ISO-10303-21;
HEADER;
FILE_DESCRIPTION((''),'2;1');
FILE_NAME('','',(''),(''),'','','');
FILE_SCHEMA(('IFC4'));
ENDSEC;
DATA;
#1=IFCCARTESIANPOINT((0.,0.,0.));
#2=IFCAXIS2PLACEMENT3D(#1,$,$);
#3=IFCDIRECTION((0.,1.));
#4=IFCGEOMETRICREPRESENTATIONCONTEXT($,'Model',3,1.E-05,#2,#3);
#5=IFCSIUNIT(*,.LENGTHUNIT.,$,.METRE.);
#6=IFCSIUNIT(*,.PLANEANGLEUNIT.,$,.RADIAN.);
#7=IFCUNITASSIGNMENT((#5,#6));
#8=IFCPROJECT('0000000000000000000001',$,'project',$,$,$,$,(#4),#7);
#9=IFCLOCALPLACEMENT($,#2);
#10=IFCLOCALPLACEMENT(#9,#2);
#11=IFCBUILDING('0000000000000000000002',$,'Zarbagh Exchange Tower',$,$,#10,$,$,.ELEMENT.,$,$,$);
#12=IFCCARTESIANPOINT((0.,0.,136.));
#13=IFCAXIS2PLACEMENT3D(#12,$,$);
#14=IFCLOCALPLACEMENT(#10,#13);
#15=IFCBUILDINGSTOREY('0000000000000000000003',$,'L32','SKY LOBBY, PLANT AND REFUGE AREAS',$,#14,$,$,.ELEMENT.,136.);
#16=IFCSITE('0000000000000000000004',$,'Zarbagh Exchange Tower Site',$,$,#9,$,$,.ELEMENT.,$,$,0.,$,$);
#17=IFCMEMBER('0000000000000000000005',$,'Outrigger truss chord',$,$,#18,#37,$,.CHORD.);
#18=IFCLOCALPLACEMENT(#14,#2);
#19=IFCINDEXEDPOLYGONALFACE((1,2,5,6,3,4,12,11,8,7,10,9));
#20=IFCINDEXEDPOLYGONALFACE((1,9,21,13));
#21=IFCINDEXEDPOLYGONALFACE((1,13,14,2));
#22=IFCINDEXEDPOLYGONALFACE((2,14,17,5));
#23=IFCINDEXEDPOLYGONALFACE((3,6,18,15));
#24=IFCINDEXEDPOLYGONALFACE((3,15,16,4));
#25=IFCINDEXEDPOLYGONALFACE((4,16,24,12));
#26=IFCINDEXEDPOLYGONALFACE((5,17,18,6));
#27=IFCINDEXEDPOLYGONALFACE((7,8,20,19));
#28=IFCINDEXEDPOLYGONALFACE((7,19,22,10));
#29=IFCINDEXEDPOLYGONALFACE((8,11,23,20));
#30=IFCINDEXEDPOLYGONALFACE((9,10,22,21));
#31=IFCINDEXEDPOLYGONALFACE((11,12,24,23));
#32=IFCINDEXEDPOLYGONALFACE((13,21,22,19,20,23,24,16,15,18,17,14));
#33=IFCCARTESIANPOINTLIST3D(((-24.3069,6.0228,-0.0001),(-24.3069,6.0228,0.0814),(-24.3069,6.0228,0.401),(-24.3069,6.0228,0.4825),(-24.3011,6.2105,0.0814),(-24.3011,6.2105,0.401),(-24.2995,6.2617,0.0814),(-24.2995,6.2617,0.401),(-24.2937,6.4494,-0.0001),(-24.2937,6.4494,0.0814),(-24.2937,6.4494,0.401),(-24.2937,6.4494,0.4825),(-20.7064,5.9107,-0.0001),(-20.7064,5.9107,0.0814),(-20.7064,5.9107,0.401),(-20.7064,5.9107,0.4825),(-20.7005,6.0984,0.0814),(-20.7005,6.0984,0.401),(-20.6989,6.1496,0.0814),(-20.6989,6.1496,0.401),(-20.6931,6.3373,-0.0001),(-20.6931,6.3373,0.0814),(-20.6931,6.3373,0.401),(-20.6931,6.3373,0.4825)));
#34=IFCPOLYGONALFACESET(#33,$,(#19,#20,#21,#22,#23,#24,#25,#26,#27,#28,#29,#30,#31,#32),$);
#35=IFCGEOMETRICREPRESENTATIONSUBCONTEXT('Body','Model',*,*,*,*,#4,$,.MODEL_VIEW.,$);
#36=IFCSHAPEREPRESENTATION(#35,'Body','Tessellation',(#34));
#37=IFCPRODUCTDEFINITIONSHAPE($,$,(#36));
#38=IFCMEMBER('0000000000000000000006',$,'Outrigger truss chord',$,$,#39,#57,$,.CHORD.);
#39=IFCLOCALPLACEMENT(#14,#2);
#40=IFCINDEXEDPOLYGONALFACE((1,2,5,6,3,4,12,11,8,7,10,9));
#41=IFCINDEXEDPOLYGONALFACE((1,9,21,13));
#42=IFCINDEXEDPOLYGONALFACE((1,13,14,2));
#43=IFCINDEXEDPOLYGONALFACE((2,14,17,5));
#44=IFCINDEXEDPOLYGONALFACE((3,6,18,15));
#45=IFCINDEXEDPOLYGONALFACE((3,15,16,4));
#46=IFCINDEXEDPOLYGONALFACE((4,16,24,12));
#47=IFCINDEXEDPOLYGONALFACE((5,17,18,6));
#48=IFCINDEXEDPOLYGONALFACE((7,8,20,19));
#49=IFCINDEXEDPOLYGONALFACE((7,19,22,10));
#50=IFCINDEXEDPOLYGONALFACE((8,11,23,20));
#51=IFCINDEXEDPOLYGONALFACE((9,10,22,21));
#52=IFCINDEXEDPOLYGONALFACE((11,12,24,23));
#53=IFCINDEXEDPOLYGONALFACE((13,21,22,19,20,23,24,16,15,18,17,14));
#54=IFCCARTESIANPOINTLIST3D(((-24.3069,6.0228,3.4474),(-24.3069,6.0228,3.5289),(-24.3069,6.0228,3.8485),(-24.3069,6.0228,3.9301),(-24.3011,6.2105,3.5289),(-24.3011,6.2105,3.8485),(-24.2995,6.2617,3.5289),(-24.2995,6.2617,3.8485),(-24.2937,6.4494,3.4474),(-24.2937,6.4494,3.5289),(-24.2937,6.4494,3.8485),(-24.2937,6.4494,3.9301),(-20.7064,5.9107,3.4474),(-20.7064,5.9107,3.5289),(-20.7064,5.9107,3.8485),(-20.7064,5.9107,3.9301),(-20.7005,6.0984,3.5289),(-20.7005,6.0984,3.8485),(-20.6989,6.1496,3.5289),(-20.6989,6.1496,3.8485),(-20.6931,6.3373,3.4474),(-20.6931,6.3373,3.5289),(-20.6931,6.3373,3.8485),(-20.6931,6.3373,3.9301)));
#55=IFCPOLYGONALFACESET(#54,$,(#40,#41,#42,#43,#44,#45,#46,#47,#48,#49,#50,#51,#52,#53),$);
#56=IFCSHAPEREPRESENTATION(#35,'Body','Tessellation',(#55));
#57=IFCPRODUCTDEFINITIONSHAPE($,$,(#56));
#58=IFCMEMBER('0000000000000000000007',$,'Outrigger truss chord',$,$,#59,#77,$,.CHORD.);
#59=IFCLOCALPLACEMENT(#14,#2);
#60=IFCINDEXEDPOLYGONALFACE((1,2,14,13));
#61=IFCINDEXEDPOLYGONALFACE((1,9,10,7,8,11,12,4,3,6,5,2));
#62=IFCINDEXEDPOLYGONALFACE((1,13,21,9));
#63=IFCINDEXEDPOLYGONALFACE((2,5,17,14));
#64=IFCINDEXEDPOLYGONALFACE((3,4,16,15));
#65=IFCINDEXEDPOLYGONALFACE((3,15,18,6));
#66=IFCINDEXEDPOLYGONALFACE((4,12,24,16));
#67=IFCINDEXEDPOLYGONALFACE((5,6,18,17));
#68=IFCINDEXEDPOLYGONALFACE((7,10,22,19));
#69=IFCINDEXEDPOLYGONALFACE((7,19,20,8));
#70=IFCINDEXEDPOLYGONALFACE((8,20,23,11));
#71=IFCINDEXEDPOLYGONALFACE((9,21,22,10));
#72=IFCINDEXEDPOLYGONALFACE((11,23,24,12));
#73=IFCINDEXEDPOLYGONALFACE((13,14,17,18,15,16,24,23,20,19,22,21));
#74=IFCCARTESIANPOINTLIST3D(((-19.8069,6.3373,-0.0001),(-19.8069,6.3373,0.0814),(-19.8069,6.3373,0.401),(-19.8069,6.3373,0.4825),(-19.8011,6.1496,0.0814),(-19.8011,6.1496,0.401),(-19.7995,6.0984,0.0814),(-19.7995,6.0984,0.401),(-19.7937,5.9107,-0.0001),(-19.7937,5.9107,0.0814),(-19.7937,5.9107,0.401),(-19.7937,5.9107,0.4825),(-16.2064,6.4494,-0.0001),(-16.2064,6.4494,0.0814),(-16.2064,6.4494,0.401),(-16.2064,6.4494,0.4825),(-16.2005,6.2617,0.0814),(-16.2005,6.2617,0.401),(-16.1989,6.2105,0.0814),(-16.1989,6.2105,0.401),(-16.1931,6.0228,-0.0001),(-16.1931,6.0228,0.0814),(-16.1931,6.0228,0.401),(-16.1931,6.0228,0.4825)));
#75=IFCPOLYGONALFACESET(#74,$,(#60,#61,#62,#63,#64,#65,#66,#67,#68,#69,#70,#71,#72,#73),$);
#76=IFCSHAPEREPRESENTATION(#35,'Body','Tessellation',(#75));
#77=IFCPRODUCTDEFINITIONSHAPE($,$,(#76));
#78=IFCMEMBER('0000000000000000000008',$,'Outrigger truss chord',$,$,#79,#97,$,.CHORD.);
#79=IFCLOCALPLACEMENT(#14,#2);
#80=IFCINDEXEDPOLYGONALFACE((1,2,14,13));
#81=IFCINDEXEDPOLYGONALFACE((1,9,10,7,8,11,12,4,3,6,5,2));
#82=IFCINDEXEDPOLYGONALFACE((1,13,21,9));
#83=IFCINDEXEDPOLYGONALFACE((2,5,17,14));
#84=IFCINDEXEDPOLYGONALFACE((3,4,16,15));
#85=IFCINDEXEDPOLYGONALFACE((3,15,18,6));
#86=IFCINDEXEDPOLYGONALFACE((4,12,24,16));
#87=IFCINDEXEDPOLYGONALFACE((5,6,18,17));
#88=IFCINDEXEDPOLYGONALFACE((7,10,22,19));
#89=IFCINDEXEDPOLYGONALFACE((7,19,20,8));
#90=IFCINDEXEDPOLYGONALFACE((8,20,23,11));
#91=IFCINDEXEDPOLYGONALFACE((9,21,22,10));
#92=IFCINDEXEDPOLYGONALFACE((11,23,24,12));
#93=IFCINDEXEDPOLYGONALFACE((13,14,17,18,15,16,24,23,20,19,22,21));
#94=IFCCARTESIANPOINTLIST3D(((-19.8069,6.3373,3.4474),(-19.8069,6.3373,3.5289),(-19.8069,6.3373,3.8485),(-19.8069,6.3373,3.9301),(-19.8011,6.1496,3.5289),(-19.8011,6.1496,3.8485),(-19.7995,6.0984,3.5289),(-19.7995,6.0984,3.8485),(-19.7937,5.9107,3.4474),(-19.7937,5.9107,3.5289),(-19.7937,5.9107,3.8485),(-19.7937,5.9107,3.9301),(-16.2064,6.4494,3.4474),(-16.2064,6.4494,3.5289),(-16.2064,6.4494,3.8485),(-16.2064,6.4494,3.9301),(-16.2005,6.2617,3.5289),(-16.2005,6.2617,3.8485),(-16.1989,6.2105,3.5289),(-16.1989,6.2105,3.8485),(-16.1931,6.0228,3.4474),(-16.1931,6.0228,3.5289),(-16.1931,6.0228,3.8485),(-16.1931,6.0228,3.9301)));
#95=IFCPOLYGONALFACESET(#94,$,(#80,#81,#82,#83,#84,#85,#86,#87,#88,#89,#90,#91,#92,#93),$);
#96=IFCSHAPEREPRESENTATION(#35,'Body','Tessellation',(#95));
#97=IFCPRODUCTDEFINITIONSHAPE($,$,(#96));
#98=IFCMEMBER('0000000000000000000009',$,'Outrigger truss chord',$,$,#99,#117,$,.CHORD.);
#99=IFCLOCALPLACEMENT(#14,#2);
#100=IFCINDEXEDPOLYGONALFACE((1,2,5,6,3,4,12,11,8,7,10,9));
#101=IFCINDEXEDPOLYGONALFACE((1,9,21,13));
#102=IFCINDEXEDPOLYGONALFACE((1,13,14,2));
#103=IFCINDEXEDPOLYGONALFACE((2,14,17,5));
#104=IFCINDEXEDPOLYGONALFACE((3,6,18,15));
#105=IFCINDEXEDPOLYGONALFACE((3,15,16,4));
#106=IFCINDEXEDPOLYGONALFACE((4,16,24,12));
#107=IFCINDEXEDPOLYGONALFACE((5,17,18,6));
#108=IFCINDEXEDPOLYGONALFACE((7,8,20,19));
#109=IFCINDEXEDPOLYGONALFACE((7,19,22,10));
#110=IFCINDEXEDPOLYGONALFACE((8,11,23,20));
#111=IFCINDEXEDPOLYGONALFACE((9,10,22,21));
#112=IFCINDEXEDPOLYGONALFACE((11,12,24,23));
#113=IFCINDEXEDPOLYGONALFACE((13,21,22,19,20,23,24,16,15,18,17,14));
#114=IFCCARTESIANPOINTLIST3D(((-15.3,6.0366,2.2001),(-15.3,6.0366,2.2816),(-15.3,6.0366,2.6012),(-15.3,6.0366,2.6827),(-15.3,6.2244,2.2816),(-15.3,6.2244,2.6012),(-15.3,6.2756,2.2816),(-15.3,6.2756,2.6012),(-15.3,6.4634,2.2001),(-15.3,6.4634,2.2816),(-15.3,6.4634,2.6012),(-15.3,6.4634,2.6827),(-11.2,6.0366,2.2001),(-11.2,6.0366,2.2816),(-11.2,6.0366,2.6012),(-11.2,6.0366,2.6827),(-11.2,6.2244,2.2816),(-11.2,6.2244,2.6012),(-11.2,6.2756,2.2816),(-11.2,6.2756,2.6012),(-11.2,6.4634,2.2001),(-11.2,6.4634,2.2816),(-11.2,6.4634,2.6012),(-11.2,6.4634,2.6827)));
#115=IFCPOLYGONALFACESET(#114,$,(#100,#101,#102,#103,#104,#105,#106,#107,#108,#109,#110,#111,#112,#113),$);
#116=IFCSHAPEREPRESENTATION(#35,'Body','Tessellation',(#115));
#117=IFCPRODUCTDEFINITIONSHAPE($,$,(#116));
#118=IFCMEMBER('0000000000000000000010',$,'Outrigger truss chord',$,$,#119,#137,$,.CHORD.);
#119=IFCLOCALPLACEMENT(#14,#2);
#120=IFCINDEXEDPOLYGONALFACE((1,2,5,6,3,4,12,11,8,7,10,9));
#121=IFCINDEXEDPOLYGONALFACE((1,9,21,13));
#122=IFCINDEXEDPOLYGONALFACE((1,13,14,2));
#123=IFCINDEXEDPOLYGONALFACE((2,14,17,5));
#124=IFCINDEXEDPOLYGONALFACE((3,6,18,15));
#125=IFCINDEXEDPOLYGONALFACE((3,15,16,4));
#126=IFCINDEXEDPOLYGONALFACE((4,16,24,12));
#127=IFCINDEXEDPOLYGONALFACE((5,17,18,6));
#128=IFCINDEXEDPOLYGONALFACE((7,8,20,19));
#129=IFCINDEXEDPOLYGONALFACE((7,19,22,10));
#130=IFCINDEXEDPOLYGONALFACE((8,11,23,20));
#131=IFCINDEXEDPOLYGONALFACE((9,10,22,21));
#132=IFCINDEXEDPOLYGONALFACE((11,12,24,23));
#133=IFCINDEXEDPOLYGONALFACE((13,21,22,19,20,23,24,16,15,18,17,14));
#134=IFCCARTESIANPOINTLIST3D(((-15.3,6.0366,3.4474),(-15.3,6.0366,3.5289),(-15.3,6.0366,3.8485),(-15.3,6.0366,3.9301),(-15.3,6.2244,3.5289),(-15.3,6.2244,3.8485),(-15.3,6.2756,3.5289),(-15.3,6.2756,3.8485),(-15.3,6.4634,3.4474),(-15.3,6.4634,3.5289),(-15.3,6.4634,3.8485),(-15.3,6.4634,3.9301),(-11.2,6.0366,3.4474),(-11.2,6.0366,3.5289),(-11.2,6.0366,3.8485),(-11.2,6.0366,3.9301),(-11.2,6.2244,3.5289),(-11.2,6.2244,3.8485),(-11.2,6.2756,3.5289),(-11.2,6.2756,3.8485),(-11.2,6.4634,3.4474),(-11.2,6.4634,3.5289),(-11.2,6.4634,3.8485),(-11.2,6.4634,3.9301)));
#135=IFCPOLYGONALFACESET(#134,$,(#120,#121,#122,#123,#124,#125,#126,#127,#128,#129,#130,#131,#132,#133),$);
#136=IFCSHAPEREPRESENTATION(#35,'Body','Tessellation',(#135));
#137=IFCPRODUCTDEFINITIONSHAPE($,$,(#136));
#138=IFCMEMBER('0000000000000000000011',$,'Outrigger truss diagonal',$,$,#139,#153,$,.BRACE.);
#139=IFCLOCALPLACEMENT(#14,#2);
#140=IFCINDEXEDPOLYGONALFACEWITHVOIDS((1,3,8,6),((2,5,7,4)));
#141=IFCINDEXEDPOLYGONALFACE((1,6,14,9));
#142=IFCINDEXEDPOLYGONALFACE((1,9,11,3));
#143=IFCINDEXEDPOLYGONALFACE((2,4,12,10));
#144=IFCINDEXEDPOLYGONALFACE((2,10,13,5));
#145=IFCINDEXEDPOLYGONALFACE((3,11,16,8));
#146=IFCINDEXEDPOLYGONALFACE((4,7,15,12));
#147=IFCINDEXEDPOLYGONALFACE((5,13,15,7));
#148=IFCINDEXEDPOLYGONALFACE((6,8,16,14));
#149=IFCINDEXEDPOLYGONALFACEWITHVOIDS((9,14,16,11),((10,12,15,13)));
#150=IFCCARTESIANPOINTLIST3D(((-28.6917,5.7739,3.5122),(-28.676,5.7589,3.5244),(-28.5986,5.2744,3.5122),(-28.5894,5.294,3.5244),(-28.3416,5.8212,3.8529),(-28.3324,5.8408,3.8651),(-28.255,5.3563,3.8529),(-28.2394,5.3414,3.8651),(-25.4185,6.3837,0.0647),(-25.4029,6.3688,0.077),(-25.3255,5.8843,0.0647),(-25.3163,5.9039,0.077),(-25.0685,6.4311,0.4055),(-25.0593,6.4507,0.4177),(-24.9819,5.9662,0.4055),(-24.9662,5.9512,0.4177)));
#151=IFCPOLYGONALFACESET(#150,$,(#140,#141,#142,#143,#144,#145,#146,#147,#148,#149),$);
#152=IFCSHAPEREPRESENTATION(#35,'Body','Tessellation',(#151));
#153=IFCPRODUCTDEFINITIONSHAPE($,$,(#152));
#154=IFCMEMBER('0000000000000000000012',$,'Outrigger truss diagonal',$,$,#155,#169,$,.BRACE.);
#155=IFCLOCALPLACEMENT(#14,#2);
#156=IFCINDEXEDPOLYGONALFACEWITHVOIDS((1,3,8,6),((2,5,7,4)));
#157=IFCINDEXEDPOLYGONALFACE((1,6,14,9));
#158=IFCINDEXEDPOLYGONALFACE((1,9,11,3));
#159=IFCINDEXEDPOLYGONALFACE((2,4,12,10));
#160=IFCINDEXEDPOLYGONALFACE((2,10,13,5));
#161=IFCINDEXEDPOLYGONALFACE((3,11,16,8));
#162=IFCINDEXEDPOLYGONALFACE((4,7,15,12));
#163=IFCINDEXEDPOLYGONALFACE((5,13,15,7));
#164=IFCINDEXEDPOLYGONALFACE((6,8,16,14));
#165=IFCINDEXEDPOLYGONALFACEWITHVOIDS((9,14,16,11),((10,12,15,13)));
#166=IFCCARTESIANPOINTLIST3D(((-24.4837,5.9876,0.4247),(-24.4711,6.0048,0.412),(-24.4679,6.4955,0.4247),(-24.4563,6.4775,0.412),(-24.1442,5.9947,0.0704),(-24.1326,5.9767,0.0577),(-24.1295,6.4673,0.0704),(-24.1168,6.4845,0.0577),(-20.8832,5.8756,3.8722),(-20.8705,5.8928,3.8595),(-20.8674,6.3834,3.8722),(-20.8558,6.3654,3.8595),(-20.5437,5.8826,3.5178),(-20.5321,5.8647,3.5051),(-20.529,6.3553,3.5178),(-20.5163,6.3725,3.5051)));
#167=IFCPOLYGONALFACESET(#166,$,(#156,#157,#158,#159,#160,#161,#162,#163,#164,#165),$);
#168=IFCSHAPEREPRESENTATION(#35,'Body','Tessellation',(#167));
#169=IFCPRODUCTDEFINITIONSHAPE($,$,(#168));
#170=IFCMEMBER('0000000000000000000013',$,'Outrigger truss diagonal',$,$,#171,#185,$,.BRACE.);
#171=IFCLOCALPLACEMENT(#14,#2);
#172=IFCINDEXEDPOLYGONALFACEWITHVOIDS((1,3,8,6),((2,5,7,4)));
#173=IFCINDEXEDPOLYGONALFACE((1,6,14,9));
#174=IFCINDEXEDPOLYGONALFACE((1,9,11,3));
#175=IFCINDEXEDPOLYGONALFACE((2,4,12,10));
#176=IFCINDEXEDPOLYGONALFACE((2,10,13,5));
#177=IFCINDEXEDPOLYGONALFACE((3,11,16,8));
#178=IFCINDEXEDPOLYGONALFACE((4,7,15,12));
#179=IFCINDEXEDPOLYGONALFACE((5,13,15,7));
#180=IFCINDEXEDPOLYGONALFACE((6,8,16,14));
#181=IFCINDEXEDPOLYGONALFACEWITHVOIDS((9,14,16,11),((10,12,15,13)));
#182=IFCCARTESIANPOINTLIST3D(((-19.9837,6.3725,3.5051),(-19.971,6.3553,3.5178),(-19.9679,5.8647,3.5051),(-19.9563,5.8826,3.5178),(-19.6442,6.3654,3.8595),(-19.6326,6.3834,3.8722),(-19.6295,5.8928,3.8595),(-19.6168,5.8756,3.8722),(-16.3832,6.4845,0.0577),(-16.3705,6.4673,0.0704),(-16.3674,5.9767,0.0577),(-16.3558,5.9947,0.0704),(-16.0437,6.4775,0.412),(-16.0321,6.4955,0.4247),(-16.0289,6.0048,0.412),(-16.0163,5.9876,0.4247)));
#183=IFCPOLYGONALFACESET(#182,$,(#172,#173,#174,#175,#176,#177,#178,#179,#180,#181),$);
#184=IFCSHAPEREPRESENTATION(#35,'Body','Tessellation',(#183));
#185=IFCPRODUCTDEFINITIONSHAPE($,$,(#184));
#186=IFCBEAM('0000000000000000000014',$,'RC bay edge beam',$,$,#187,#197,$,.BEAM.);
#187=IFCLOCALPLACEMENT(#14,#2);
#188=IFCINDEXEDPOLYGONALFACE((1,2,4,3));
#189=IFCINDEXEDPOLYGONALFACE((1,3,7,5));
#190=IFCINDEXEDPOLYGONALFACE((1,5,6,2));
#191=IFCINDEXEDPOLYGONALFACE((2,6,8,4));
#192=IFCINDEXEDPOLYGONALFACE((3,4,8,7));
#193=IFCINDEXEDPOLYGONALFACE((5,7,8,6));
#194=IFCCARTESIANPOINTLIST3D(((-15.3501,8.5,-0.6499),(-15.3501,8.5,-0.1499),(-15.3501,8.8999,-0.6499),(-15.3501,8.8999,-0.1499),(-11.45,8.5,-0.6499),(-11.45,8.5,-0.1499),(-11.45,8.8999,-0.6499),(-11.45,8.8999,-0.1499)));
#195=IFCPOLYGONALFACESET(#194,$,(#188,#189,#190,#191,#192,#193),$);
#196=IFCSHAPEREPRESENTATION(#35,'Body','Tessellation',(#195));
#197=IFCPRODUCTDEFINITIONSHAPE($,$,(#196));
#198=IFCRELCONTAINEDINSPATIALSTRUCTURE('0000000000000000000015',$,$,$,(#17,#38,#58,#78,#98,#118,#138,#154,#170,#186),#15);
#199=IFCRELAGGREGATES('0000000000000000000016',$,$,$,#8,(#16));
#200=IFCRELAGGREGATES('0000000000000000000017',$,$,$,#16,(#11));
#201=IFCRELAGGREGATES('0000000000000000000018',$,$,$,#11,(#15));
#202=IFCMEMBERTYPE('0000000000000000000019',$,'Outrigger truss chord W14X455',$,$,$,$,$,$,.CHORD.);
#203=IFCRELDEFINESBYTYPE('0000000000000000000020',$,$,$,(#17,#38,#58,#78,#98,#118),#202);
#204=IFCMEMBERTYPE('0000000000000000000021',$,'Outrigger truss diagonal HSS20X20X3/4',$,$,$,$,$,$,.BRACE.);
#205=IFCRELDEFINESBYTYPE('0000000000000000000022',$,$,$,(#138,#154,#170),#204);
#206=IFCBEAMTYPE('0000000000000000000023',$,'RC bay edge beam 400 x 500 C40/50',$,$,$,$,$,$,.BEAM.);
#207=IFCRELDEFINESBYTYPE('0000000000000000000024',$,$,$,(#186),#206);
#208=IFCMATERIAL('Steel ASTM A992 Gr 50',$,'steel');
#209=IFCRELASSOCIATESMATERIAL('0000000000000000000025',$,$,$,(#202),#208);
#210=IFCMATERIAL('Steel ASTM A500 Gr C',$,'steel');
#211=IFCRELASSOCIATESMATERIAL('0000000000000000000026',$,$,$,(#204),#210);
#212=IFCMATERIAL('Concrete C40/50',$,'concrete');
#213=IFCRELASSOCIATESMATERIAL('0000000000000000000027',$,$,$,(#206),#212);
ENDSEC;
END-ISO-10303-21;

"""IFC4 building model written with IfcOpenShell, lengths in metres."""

from ifc_helpers import new_model, si_unit, direction, frame, origin, origin_2d, place, context, subcontext, project, spatial, rectangle, hollow_rectangle, i_section, extrude, material, material_profile, profile_set, type_object, element, save


model = new_model("IFC4")

# Units and contexts
model_context = context("Model", 3, precision=1e-05, world=origin(), true_north=direction((0.0, 1.0)))
body_context = subcontext(model_context, "Body", "Model", "MODEL_VIEW")
ifc_project = project(units=[si_unit("LENGTHUNIT", "METRE"), si_unit("PLANEANGLEUNIT", "RADIAN")], contexts=[model_context])

# Site, building, storey
site_placement = place(None, origin())
site = spatial("IfcSite", under=ifc_project, at=site_placement, Name="Zarbagh Exchange Tower Site", CompositionType="ELEMENT", RefElevation=0.0)
building_placement = place(site_placement, origin())
building = spatial("IfcBuilding", under=site, at=building_placement, Name="Zarbagh Exchange Tower", CompositionType="ELEMENT")
storey_placement = place(building_placement, frame((0.0, 0.0, 136.0)))
storey = spatial("IfcBuildingStorey", under=building, at=storey_placement, Name="L32", Description="SKY LOBBY, PLANT AND REFUGE AREAS", CompositionType="ELEMENT", Elevation=136.0)

# Members
ifc_material_1 = material(Name="Steel ASTM A992 Gr 50", Category="steel")
ifc_material_2 = material(Name="Steel ASTM A500 Gr C", Category="steel")
ifc_material_profile_1 = material_profile(ifc_material_1, i_section(OverallWidth=0.4268, OverallDepth=0.4827, WebThickness=0.0513, FlangeThickness=0.0815, at=origin_2d()), Name="W14X455")
ifc_profile_set_1 = profile_set([ifc_material_profile_1], Name="Steel ASTM A992 Gr 50")
member_type_1 = type_object("IfcMemberType", Name="Outrigger truss chord W14X455", PredefinedType="CHORD", material=ifc_profile_set_1)
for number, where, z_axis, x_axis, name in (
    (1, (-24.3003, 6.2361, 0.2412), (0.999516, -0.031108, 0.0), (0.031108, 0.999516, 0.0), "Outrigger truss chord"),
    (2, (-24.3003, 6.2361, 3.6887), (0.999516, -0.031108, 0.0), (0.031108, 0.999516, 0.0), "Outrigger truss chord"),
    (3, (-19.8003, 6.124, 0.2412), (0.999516, 0.031108, 0.0), (-0.031108, 0.999516, 0.0), "Outrigger truss chord"),
    (4, (-19.8003, 6.124, 3.6887), (0.999516, 0.031108, 0.0), (-0.031108, 0.999516, 0.0), "Outrigger truss chord"),
):
    element("IfcMember", number, at=place(storey_placement, frame(where, z_axis=z_axis, x_axis=x_axis)), inside=storey, type_object=member_type_1, Name=name, PredefinedType="CHORD", context=body_context, shape_type="SweptSolid", body=[
        extrude(i_section(OverallWidth=0.4268, OverallDepth=0.4827, WebThickness=0.0513, FlangeThickness=0.0815, at=origin_2d()), origin(), (0.0, 0.0, 1.0), 3.6023),
    ])
for number, where, z_axis, x_axis, name in (
    (5, (-15.3, 6.25, 2.4414), (1.0, 0.0, 0.0), (0.0, 1.0, 0.0), "Outrigger truss chord"),
    (6, (-15.3, 6.25, 3.6887), (1.0, 0.0, 0.0), (0.0, 1.0, 0.0), "Outrigger truss chord"),
):
    element("IfcMember", number, at=place(storey_placement, frame(where, z_axis=z_axis, x_axis=x_axis)), inside=storey, type_object=member_type_1, Name=name, PredefinedType="CHORD", context=body_context, shape_type="SweptSolid", body=[
        extrude(i_section(OverallWidth=0.4268, OverallDepth=0.4827, WebThickness=0.0513, FlangeThickness=0.0815, at=origin_2d()), origin(), (0.0, 0.0, 1.0), 4.1001),
    ])
ifc_material_profile_2 = material_profile(ifc_material_2, hollow_rectangle(XDim=0.5081, YDim=0.5081, WallThickness=0.0176, at=origin_2d()), Name="HSS20X20X3/4")
ifc_profile_set_2 = profile_set([ifc_material_profile_2], Name="Steel ASTM A500 Gr C")
member_type_2 = type_object("IfcMemberType", Name="Outrigger truss diagonal HSS20X20X3/4", PredefinedType="BRACE", material=ifc_profile_set_2)
member_1_placement = place(storey_placement, frame((-25.1924, 6.1675, 0.2412), z_axis=(-0.682938, -0.127245, 0.719308), x_axis=(0.183168, -0.983082, 0.0)))
element("IfcMember", 7, at=member_1_placement, inside=storey, type_object=member_type_2, Name="Outrigger truss diagonal", PredefinedType="BRACE", context=body_context, shape_type="SweptSolid", body=[
    extrude(hollow_rectangle(XDim=0.5081, YDim=0.5081, WallThickness=0.0176, at=origin_2d()), origin(), (0.0, 0.0, 1.0), 4.7927),
])
for number, where, z_axis, x_axis, name in (
    (8, (-24.3003, 6.2361, 0.2412), (0.722112, -0.022474, 0.691411), (0.031108, 0.999516, 0.0), "Outrigger truss diagonal"),
    (9, (-16.1997, 6.2361, 0.2412), (-0.722112, -0.022474, 0.691411), (0.031108, -0.999516, 0.0), "Outrigger truss diagonal"),
):
    element("IfcMember", number, at=place(storey_placement, frame(where, z_axis=z_axis, x_axis=x_axis)), inside=storey, type_object=member_type_2, Name=name, PredefinedType="BRACE", context=body_context, shape_type="SweptSolid", body=[
        extrude(hollow_rectangle(XDim=0.5081, YDim=0.5081, WallThickness=0.0176, at=origin_2d()), origin(), (0.0, 0.0, 1.0), 4.9861),
    ])

# Beam
ifc_material_3 = material(Name="Concrete C40/50", Category="concrete")
ifc_material_profile_3 = material_profile(ifc_material_3, rectangle(XDim=0.3999, YDim=0.5, at=origin_2d()), Name="RC bay edge beam 400 x 500 C40/50")
ifc_profile_set_3 = profile_set([ifc_material_profile_3], Name="Concrete C40/50")
beam_type_1 = type_object("IfcBeamType", Name="RC bay edge beam 400 x 500 C40/50", PredefinedType="BEAM", material=ifc_profile_set_3)
beam_1_placement = place(storey_placement, frame((-15.3501, 8.7, -0.3999), z_axis=(1.0, 0.0, 0.0), x_axis=(0.0, 1.0, 0.0)))
element("IfcBeam", 10, at=beam_1_placement, inside=storey, type_object=beam_type_1, Name="RC bay edge beam", PredefinedType="BEAM", context=body_context, shape_type="SweptSolid", body=[
    extrude(rectangle(XDim=0.3999, YDim=0.5, at=origin_2d()), origin(), (0.0, 0.0, 1.0), 3.9001),
])

save(model, "model.ifc")
